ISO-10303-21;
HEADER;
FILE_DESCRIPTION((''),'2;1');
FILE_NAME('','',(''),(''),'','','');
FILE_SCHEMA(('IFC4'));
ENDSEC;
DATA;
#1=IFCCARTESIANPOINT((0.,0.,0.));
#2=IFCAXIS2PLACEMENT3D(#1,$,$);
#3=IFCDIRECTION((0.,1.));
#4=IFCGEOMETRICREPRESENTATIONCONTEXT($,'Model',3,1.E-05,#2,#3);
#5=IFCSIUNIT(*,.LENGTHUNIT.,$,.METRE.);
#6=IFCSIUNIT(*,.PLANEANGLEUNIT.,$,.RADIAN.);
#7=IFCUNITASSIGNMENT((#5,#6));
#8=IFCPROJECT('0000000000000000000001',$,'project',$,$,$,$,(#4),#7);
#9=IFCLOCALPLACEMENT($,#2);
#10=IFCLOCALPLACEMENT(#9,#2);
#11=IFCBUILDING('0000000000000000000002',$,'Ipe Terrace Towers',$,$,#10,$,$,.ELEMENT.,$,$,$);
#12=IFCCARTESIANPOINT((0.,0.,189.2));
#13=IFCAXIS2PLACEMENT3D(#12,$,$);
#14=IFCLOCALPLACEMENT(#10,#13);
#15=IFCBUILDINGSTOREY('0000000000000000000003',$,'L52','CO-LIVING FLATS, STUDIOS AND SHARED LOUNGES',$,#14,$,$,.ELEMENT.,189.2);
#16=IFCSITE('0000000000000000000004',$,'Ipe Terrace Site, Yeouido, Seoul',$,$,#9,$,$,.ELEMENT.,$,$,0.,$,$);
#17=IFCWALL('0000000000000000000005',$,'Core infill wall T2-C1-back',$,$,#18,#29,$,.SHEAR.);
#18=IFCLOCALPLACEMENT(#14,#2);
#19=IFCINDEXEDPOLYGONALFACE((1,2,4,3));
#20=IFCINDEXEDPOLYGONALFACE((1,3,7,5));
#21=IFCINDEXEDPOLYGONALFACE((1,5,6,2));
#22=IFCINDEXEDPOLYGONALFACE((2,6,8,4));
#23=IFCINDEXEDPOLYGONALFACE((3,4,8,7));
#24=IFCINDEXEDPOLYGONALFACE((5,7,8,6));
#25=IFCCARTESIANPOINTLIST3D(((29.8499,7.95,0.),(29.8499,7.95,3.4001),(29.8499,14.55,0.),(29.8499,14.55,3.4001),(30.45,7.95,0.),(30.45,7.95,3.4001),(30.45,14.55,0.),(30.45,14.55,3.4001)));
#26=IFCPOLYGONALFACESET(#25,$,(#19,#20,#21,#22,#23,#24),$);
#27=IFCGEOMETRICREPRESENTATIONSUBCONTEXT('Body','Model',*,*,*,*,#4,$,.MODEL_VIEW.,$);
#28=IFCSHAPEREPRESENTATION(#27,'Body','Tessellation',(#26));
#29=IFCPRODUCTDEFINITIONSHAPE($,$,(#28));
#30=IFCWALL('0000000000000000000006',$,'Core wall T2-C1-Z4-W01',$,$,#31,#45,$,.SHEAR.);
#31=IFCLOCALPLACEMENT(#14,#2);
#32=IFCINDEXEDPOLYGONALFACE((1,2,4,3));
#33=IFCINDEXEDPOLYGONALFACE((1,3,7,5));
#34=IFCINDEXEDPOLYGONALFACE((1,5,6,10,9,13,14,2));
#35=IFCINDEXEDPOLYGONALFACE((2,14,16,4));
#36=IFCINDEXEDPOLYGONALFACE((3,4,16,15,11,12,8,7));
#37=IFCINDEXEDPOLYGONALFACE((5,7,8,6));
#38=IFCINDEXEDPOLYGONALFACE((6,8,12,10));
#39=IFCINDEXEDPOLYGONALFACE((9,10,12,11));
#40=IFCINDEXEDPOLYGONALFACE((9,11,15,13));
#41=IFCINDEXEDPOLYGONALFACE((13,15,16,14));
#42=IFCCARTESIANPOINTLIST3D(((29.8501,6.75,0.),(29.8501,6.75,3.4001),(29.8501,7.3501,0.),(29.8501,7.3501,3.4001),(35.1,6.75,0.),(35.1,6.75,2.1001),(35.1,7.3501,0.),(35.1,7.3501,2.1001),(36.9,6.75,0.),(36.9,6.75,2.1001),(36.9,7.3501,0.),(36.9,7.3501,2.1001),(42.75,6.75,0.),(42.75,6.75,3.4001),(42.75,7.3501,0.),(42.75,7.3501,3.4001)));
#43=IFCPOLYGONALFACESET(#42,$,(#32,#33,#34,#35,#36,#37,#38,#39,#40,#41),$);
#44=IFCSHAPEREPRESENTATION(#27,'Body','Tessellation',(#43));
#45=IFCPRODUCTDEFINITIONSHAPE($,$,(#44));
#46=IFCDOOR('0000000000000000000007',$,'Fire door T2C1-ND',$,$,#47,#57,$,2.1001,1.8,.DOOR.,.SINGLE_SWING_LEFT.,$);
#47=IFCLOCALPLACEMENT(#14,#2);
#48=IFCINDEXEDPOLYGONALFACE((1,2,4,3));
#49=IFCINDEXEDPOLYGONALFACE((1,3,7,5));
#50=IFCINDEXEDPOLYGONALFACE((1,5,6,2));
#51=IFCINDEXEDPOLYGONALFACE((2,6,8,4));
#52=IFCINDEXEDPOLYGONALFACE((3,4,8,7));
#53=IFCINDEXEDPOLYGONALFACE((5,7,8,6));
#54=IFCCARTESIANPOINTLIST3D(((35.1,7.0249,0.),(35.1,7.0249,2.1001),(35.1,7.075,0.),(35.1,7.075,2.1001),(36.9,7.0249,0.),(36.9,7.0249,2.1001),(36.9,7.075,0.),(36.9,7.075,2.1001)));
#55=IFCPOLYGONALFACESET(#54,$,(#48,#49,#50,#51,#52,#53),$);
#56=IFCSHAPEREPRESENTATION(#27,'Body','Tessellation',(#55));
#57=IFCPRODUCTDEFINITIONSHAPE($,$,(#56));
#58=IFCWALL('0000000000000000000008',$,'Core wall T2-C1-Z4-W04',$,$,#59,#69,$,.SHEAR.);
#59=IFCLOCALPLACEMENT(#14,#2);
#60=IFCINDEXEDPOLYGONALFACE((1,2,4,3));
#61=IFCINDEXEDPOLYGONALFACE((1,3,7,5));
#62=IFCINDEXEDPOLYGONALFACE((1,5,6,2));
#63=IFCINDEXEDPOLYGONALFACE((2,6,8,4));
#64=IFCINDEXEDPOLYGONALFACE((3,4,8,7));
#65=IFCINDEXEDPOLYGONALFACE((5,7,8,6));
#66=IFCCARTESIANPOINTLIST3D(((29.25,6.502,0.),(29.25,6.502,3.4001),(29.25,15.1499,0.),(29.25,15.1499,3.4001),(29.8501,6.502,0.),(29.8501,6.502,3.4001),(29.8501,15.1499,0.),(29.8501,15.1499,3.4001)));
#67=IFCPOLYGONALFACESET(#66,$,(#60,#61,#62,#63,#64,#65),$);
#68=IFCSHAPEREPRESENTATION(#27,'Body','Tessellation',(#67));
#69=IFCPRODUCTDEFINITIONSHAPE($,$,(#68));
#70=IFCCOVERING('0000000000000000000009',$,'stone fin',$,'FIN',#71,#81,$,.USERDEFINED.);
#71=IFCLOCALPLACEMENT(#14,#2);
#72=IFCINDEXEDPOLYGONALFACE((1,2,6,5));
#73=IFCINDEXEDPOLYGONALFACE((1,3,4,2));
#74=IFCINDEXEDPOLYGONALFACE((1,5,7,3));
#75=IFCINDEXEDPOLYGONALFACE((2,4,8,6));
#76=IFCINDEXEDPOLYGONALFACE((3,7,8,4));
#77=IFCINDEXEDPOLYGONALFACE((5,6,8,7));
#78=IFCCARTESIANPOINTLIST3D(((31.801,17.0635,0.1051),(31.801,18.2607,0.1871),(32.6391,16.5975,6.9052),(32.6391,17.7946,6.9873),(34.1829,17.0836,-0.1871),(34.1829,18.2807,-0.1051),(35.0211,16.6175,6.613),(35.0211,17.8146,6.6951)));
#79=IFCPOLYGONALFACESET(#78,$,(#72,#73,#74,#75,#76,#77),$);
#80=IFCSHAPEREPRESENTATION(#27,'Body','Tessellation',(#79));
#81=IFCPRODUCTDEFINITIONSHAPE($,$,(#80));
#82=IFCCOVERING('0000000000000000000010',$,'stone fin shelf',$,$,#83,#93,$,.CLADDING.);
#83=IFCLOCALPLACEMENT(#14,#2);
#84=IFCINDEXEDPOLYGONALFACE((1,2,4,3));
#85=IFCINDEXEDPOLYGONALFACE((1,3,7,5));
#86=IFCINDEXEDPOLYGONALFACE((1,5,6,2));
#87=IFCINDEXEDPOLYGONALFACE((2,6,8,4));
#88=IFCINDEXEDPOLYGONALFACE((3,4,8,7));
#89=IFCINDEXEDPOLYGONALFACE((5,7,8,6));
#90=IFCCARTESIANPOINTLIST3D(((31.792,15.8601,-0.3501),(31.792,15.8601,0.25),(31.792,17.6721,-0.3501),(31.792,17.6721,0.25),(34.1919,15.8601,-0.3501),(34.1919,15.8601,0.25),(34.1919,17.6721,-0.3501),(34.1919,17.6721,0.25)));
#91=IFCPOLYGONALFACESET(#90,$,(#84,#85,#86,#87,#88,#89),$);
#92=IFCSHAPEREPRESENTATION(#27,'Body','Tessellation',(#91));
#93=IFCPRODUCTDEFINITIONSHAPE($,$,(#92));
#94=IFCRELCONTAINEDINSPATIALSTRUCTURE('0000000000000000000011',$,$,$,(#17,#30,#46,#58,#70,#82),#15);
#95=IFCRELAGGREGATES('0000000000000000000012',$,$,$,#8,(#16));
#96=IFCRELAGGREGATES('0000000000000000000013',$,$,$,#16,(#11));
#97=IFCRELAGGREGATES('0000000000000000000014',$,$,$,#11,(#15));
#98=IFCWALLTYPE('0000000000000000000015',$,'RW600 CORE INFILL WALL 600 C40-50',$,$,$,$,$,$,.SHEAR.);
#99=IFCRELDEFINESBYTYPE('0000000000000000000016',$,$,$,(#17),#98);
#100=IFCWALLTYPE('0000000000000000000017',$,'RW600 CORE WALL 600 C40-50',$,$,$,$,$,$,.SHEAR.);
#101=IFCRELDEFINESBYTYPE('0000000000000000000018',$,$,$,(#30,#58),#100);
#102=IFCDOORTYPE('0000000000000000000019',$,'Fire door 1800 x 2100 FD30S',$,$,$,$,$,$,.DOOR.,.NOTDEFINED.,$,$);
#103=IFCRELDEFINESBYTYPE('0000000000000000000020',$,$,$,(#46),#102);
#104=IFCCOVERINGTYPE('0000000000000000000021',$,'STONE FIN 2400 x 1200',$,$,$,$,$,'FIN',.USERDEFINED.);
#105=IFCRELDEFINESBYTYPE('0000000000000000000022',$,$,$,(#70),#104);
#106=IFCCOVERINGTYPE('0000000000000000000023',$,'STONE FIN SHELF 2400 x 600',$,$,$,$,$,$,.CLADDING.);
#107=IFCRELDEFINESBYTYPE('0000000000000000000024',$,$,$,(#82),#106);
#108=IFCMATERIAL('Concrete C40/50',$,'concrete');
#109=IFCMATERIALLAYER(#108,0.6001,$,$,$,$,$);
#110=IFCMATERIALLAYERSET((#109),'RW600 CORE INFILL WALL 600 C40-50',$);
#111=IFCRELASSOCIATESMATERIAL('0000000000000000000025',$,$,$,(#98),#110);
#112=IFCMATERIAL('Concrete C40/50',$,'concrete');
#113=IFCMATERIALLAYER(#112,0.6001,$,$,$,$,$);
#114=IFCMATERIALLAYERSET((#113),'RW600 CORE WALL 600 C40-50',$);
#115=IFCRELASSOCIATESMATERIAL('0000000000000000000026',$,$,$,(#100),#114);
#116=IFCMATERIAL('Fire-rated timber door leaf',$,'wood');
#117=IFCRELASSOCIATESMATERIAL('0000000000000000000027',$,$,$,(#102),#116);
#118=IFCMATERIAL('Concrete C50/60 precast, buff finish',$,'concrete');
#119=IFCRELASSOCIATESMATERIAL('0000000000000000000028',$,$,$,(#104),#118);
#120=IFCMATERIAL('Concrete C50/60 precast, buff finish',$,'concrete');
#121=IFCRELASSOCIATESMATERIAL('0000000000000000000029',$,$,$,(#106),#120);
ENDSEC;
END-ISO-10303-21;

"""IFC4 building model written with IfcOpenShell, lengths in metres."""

from ifc_helpers import new_model, si_unit, direction, frame, frame_2d, origin, origin_2d, place, context, subcontext, project, spatial, rectangle, extrude, material, layer, layer_set, material_profile, profile_set, type_object, element, fill, save


model = new_model("IFC4")

# Units and contexts
model_context = context("Model", 3, precision=1e-05, world=origin(), true_north=direction((0.0, 1.0)))
body_context = subcontext(model_context, "Body", "Model", "MODEL_VIEW")
ifc_project = project(units=[si_unit("LENGTHUNIT", "METRE"), si_unit("PLANEANGLEUNIT", "RADIAN")], contexts=[model_context])

# Site, building, storey
site_placement = place(None, origin())
site = spatial("IfcSite", under=ifc_project, at=site_placement, Name="Ipe Terrace Site, Yeouido, Seoul", CompositionType="ELEMENT", RefElevation=0.0)
building_placement = place(site_placement, origin())
building = spatial("IfcBuilding", under=site, at=building_placement, Name="Ipe Terrace Towers", CompositionType="ELEMENT")
storey_placement = place(building_placement, frame((0.0, 0.0, 189.2)))
storey = spatial("IfcBuildingStorey", under=building, at=storey_placement, Name="L52", Description="CO-LIVING FLATS, STUDIOS AND SHARED LOUNGES", CompositionType="ELEMENT", Elevation=189.2)

# Wall
ifc_material_1 = material(Name="Concrete C40/50", Category="concrete")
ifc_layer_1 = layer(ifc_material_1, 0.6001)
ifc_layer_set_1 = layer_set([ifc_layer_1], Name="RW600 CORE INFILL WALL 600 C40-50")
wall_type_1 = type_object("IfcWallType", Name="RW600 CORE INFILL WALL 600 C40-50", PredefinedType="SHEAR", material=ifc_layer_set_1)
wall_1_placement = place(storey_placement, frame((30.1499, 7.95, 0.0), z_axis=(0.0, 0.0, 1.0), x_axis=(0.0, 1.0, 0.0)))
element("IfcWall", 1, at=wall_1_placement, inside=storey, type_object=wall_type_1, Name="Core infill wall T2-C1-back", PredefinedType="SHEAR", context=body_context, shape_type="SweptSolid", body=[
    extrude(rectangle(XDim=6.6001, YDim=0.6001, at=frame_2d((3.3, 0.0))), origin(), (0.0, 0.0, 1.0), 3.4001),
])

# Wall, opening, door
ifc_material_2 = material(Name="Concrete C40/50", Category="concrete")
ifc_layer_2 = layer(ifc_material_2, 0.6001)
ifc_layer_set_2 = layer_set([ifc_layer_2], Name="RW600 CORE WALL 600 C40-50")
wall_type_2 = type_object("IfcWallType", Name="RW600 CORE WALL 600 C40-50", PredefinedType="SHEAR", material=ifc_layer_set_2)
wall_2_placement = place(storey_placement, frame((29.8501, 7.05, 0.0), z_axis=(0.0, 0.0, 1.0), x_axis=(1.0, 0.0, 0.0)))
wall_2 = element("IfcWall", 2, at=wall_2_placement, inside=storey, type_object=wall_type_2, Name="Core wall T2-C1-Z4-W01", PredefinedType="SHEAR", context=body_context, shape_type="SweptSolid", body=[
    extrude(rectangle(XDim=12.8999, YDim=0.6001, at=frame_2d((6.45, 0.0))), origin(), (0.0, 0.0, 1.0), 3.4001),
])
opening_1_placement = place(wall_2_placement, frame((5.25, 0.0, 0.0)))
opening_1 = element("IfcOpeningElement", 3, at=opening_1_placement, cuts=wall_2, PredefinedType="OPENING", context=body_context, shape_type="SweptSolid", body=[
    extrude(rectangle(XDim=1.8, YDim=2.1001, at=frame_2d((0.8999, 1.05))), frame((0.0, 0.3101, 0.0), z_axis=(0.0, -1.0, 0.0), x_axis=(1.0, 0.0, 0.0)), (0.0, 0.0, 1.0), 0.6201),
])
ifc_material_3 = material(Name="Fire-rated timber door leaf", Category="wood")
door_type_1 = type_object("IfcDoorType", Name="Fire door 1800 x 2100 FD30S", OperationType="NOTDEFINED", PredefinedType="DOOR", material=ifc_material_3)
door_1_placement = place(opening_1_placement, origin())
door_1 = element("IfcDoor", 4, at=door_1_placement, inside=storey, type_object=door_type_1, Name="Fire door T2C1-ND", OperationType="SINGLE_SWING_LEFT", OverallHeight=2.1001, OverallWidth=1.8, PredefinedType="DOOR", context=body_context, shape_type="SweptSolid", body=[
    extrude(rectangle(XDim=1.8, YDim=2.1001, at=frame_2d((0.8999, 1.05))), frame((0.0, 0.0249, 0.0), z_axis=(0.0, -1.0, 0.0), x_axis=(1.0, 0.0, 0.0)), (0.0, 0.0, 1.0), 0.05),
])
fill(opening_1, door_1)

# Wall
wall_3_placement = place(storey_placement, frame((29.55, 15.1499, 0.0), z_axis=(0.0, 0.0, 1.0), x_axis=(0.0, -1.0, 0.0)))
element("IfcWall", 5, at=wall_3_placement, inside=storey, type_object=wall_type_2, Name="Core wall T2-C1-Z4-W04", PredefinedType="SHEAR", context=body_context, shape_type="SweptSolid", body=[
    extrude(rectangle(XDim=8.6479, YDim=0.6001, at=frame_2d((4.324, 0.0))), origin(), (0.0, 0.0, 1.0), 3.4001),
])

# Coverings
ifc_material_4 = material(Name="Concrete C50/60 precast, buff finish", Category="concrete")
ifc_material_profile_1 = material_profile(ifc_material_4, rectangle(XDim=2.3999, YDim=1.2, at=origin_2d()), Name="STONE FIN 2400 x 1200")
ifc_profile_set_1 = profile_set([ifc_material_profile_1], Name="Concrete C50/60 precast, buff finish")
covering_type_1 = type_object("IfcCoveringType", Name="STONE FIN 2400 x 1200", ElementType="FIN", PredefinedType="USERDEFINED", material=ifc_profile_set_1)
covering_1_placement = place(storey_placement, frame((32.9919, 17.6721, 0.0), z_axis=(0.122047, -0.067867, 0.990201), x_axis=(-0.992524, -0.008345, 0.121761)))
element("IfcCovering", 6, at=covering_1_placement, inside=storey, type_object=covering_type_1, Name="stone fin", ObjectType="FIN", PredefinedType="USERDEFINED", context=body_context, shape_type="SweptSolid", body=[
    extrude(rectangle(XDim=2.3999, YDim=1.2, at=origin_2d()), origin(), (0.0, 0.0, 1.0), 6.8674),
])
ifc_material_5 = material(Name="Concrete C50/60 precast, buff finish", Category="concrete")
covering_type_2 = type_object("IfcCoveringType", Name="STONE FIN SHELF 2400 x 600", PredefinedType="CLADDING", material=ifc_material_5)
covering_2_placement = place(storey_placement, frame((32.9919, 16.7661, -0.3501), z_axis=(0.0, 0.0, 1.0), x_axis=(-1.0, 0.0, 0.0)))
element("IfcCovering", 7, at=covering_2_placement, inside=storey, type_object=covering_type_2, Name="stone fin shelf", PredefinedType="CLADDING", context=body_context, shape_type="SweptSolid", body=[
    extrude(rectangle(XDim=2.3999, YDim=1.812, at=origin_2d()), origin(), (0.0, 0.0, 1.0), 0.6001),
])

save(model, "model.ifc")
